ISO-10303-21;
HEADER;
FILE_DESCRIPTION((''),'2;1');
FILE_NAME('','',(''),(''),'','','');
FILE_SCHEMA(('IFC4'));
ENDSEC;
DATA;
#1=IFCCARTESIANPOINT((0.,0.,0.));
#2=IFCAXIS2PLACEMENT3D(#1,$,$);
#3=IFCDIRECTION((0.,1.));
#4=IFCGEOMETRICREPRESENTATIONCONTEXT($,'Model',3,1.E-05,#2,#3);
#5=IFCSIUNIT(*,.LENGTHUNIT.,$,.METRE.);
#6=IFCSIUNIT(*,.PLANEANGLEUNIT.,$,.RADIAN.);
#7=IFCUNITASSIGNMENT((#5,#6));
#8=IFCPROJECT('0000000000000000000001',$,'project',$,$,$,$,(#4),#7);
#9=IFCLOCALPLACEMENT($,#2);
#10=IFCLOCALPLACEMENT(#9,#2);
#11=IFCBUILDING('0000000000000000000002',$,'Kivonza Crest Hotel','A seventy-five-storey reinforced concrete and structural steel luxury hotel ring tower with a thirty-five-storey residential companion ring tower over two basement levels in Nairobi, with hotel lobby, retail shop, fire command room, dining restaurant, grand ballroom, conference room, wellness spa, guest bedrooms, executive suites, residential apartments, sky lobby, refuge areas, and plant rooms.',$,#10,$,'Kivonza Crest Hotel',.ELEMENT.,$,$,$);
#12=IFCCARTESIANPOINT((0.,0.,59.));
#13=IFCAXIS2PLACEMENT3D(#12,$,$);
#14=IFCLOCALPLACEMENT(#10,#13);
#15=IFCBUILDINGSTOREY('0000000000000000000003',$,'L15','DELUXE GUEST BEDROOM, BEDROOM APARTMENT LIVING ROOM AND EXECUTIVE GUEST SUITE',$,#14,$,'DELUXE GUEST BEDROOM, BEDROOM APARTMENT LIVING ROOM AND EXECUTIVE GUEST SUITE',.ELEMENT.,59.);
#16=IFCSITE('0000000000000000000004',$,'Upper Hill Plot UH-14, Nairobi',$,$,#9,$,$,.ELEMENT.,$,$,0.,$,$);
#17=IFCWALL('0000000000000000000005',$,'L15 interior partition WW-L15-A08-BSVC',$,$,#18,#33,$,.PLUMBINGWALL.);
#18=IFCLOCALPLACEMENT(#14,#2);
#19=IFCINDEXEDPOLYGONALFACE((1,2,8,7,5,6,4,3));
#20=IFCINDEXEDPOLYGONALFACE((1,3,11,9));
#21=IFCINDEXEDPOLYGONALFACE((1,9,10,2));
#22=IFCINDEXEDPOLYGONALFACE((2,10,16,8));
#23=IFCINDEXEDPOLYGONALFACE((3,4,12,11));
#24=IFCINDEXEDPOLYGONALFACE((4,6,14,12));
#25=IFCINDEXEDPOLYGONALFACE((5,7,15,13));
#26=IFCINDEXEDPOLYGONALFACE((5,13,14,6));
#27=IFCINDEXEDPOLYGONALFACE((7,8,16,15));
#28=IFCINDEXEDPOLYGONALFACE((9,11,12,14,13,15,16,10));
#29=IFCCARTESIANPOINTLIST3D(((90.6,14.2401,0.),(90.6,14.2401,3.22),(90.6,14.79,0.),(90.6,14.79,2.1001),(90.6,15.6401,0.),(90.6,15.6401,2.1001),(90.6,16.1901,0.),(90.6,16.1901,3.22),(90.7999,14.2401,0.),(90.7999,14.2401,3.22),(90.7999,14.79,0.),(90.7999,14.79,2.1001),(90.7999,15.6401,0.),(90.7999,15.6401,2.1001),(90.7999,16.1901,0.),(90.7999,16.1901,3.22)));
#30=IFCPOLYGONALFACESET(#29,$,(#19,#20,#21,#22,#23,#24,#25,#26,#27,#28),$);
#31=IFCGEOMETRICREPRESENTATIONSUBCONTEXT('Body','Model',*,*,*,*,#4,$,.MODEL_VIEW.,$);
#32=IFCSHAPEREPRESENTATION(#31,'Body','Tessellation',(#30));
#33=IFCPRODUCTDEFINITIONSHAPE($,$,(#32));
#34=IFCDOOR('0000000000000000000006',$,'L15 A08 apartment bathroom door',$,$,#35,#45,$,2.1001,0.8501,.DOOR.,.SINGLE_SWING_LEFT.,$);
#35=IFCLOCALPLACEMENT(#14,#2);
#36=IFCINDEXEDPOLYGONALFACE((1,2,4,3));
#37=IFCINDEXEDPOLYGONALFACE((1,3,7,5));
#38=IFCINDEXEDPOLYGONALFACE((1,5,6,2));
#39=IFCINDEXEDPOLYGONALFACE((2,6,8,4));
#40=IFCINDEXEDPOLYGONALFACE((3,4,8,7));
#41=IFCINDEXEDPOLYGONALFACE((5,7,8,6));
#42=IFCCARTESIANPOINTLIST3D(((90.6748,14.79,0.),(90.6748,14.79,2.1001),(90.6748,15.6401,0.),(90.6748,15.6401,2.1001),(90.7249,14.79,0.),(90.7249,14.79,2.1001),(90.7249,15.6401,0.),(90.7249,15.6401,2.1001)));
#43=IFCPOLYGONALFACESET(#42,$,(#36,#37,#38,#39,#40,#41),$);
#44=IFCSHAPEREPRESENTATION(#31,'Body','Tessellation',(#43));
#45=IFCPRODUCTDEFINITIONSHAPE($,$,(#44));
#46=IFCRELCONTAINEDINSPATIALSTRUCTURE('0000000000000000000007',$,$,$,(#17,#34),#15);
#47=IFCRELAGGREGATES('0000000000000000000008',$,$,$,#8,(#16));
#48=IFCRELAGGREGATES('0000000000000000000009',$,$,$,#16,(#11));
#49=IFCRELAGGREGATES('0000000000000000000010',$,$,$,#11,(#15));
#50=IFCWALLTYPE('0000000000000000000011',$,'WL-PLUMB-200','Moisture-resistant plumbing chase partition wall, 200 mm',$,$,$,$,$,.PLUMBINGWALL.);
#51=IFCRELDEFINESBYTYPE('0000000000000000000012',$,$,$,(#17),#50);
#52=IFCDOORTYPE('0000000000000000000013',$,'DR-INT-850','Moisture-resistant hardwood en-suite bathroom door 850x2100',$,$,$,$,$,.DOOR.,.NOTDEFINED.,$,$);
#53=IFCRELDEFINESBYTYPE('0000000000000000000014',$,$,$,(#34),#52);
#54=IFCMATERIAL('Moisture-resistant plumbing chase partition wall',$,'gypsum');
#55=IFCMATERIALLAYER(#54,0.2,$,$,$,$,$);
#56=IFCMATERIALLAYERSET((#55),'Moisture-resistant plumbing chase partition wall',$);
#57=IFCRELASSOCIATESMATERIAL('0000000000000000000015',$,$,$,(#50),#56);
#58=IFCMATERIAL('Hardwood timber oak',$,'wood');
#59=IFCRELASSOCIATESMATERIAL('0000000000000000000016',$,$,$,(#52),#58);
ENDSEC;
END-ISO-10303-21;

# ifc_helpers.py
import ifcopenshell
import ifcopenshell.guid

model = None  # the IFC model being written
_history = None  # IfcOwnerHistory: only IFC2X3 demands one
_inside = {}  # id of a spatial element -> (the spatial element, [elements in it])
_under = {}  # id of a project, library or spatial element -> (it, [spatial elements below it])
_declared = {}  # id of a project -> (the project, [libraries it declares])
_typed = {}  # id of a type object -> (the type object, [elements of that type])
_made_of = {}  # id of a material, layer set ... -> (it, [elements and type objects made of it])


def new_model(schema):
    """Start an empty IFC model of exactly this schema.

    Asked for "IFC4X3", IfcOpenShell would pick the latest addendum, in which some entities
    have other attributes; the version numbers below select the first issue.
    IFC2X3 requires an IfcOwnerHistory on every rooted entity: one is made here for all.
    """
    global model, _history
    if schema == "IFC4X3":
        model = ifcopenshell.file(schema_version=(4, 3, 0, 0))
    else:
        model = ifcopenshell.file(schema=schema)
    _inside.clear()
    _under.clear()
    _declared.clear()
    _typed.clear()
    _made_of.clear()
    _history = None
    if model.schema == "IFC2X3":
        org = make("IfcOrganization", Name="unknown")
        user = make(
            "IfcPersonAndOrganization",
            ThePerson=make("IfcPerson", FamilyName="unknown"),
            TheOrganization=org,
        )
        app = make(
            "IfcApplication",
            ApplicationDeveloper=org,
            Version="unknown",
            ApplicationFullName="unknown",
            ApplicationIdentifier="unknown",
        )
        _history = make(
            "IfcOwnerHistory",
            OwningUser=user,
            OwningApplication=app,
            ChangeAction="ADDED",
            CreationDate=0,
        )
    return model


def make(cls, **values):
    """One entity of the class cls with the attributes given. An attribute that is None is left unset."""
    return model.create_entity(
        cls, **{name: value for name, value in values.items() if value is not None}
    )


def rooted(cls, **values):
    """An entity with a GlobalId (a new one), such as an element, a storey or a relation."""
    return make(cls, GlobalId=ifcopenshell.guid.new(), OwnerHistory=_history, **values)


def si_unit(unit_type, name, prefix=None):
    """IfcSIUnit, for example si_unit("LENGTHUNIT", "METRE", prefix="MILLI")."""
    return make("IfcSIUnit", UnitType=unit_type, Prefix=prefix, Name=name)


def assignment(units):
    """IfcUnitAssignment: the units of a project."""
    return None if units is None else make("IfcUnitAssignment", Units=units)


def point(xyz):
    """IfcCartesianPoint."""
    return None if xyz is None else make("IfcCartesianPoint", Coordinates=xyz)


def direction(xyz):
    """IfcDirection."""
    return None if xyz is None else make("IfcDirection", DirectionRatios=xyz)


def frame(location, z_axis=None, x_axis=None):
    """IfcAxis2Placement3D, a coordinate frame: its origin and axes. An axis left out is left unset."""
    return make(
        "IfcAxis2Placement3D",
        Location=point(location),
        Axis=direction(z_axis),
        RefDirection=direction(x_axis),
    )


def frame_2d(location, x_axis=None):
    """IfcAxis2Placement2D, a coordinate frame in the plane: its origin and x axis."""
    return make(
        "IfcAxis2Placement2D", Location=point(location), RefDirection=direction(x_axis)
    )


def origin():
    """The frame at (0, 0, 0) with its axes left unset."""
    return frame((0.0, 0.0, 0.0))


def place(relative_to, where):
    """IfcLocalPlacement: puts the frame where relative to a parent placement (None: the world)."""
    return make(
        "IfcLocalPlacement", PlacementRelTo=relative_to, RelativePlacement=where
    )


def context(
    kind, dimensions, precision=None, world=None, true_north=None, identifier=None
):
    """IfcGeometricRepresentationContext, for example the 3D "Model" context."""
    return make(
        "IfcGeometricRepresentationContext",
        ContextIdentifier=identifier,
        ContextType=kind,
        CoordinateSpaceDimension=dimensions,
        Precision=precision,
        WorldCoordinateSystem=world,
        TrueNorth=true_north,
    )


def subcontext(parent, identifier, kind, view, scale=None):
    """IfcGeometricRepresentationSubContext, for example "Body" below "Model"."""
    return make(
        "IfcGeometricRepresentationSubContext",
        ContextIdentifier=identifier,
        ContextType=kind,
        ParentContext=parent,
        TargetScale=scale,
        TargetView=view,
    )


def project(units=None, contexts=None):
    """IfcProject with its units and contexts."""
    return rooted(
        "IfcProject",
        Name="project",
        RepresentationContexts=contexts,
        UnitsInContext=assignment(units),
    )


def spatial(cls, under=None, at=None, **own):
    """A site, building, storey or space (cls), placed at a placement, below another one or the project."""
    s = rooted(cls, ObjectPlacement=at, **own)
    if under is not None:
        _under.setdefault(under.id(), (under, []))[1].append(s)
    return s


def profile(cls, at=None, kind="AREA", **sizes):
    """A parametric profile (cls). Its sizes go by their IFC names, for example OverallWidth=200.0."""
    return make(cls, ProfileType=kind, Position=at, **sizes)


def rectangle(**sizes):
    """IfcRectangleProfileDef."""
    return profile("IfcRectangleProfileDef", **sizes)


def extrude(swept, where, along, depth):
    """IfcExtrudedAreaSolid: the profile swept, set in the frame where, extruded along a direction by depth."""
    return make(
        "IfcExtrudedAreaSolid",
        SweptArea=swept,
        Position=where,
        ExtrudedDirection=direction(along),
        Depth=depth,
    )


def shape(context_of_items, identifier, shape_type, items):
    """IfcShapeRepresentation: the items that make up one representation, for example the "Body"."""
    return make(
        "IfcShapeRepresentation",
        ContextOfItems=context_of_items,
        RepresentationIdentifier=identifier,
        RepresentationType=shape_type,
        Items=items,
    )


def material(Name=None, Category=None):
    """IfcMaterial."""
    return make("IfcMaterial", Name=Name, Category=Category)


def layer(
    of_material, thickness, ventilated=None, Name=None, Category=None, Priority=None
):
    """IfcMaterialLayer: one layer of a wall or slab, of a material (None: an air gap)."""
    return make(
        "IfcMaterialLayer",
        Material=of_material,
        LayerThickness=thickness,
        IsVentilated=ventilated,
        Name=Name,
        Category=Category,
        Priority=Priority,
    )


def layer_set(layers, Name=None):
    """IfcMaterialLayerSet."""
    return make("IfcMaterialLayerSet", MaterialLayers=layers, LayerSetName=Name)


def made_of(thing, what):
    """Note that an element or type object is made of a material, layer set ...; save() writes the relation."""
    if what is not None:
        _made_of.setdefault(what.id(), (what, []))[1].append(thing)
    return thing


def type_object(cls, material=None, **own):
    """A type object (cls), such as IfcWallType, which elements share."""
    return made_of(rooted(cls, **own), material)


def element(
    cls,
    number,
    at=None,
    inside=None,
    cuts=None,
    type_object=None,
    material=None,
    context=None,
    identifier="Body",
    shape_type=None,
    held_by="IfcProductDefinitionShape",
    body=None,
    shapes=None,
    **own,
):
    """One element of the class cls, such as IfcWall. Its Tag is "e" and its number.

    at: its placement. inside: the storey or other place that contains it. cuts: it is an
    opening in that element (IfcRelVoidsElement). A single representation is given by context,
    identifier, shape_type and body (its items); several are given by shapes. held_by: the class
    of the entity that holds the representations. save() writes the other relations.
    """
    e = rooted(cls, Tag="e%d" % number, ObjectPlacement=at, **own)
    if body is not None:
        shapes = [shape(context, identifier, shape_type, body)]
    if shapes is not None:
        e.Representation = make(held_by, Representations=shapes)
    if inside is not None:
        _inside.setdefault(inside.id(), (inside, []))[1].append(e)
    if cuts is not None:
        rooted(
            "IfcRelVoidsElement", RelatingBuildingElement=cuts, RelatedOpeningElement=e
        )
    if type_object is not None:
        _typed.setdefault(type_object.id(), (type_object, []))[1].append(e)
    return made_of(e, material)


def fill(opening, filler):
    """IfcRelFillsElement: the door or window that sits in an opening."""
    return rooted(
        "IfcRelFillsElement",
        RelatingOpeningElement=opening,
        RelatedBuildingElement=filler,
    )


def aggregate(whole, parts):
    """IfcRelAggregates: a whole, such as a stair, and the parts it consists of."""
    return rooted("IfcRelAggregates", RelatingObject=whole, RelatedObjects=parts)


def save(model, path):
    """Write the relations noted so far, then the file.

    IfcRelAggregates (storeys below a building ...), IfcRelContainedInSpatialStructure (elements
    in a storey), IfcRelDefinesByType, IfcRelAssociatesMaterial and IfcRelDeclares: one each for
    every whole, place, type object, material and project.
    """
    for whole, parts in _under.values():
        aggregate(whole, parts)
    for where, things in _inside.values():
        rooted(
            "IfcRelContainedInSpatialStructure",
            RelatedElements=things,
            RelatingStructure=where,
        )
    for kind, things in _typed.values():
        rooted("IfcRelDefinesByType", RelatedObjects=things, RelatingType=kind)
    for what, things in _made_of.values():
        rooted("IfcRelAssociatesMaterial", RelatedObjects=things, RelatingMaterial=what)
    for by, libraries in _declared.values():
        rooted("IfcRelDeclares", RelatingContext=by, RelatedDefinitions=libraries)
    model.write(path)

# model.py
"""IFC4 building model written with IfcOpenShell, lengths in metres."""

from ifc_helpers import new_model, si_unit, direction, frame, frame_2d, origin, place, context, subcontext, project, spatial, rectangle, extrude, material, layer, layer_set, type_object, element, fill, save


model = new_model("IFC4")

# Units and contexts
model_context = context("Model", 3, precision=1e-05, world=origin(), true_north=direction((0.0, 1.0)))
body_context = subcontext(model_context, "Body", "Model", "MODEL_VIEW")
ifc_project = project(units=[si_unit("LENGTHUNIT", "METRE"), si_unit("PLANEANGLEUNIT", "RADIAN")], contexts=[model_context])

# Site, building, storey
site_placement = place(None, origin())
site = spatial("IfcSite", under=ifc_project, at=site_placement, Name="Upper Hill Plot UH-14, Nairobi", CompositionType="ELEMENT", RefElevation=0.0)
building_placement = place(site_placement, origin())
building = spatial("IfcBuilding", under=site, at=building_placement, Name="Kivonza Crest Hotel", Description="A seventy-five-storey reinforced concrete and structural steel luxury hotel ring tower with a thirty-five-storey residential companion ring tower over two basement levels in Nairobi, with hotel lobby, retail shop, fire command room, dining restaurant, grand ballroom, conference room, wellness spa, guest bedrooms, executive suites, residential apartments, sky lobby, refuge areas, and plant rooms.", LongName="Kivonza Crest Hotel", CompositionType="ELEMENT")
storey_placement = place(building_placement, frame((0.0, 0.0, 59.0)))
storey = spatial("IfcBuildingStorey", under=building, at=storey_placement, Name="L15", Description="DELUXE GUEST BEDROOM, BEDROOM APARTMENT LIVING ROOM AND EXECUTIVE GUEST SUITE", LongName="DELUXE GUEST BEDROOM, BEDROOM APARTMENT LIVING ROOM AND EXECUTIVE GUEST SUITE", CompositionType="ELEMENT", Elevation=59.0)

# Shared definitions
ifc_material_1 = material(Name="Hardwood timber oak", Category="wood")

# Wall, opening, door
ifc_material_2 = material(Name="Moisture-resistant plumbing chase partition wall", Category="gypsum")
ifc_layer_1 = layer(ifc_material_2, 0.2)
ifc_layer_set_1 = layer_set([ifc_layer_1], Name="Moisture-resistant plumbing chase partition wall")
wall_type_1 = type_object("IfcWallType", Name="WL-PLUMB-200", Description="Moisture-resistant plumbing chase partition wall, 200 mm", PredefinedType="PLUMBINGWALL", material=ifc_layer_set_1)
wall_1_placement = place(storey_placement, frame((90.7, 14.24, 0.0), z_axis=(0.0, 0.0, 1.0), x_axis=(0.0, 1.0, 0.0)))
wall_1 = element("IfcWall", 1, at=wall_1_placement, inside=storey, type_object=wall_type_1, Name="L15 interior partition WW-L15-A08-BSVC", PredefinedType="PLUMBINGWALL", context=body_context, shape_type="SweptSolid", body=[
    extrude(rectangle(XDim=1.95, YDim=0.2, at=frame_2d((0.9751, 0.0))), origin(), (0.0, 0.0, 1.0), 3.22),
])
opening_1_placement = place(wall_1_placement, frame((0.55, 0.0, 0.0)))
opening_1 = element("IfcOpeningElement", 2, at=opening_1_placement, cuts=wall_1, PredefinedType="OPENING", context=body_context, shape_type="SweptSolid", body=[
    extrude(rectangle(XDim=0.8501, YDim=2.1001, at=frame_2d((0.425, 1.05))), frame((0.0, 0.1099, 0.0), z_axis=(0.0, -1.0, 0.0), x_axis=(1.0, 0.0, 0.0)), (0.0, 0.0, 1.0), 0.22),
])
door_type_1 = type_object("IfcDoorType", Name="DR-INT-850", Description="Moisture-resistant hardwood en-suite bathroom door 850x2100", OperationType="NOTDEFINED", PredefinedType="DOOR", material=ifc_material_1)
door_1_placement = place(opening_1_placement, frame((0.8501, 0.0, 0.0), z_axis=(0.0, 0.0, 1.0), x_axis=(-1.0, 0.0, 0.0)))
door_1 = element("IfcDoor", 3, at=door_1_placement, inside=storey, type_object=door_type_1, Name="L15 A08 apartment bathroom door", OperationType="SINGLE_SWING_LEFT", OverallHeight=2.1001, OverallWidth=0.8501, PredefinedType="DOOR", context=body_context, shape_type="SweptSolid", body=[
    extrude(rectangle(XDim=0.8501, YDim=2.1001, at=frame_2d((0.425, 1.05))), frame((0.0, 0.0249, 0.0), z_axis=(0.0, -1.0, 0.0), x_axis=(1.0, 0.0, 0.0)), (0.0, 0.0, 1.0), 0.05),
])
fill(opening_1, door_1)

save(model, "model.ifc")
